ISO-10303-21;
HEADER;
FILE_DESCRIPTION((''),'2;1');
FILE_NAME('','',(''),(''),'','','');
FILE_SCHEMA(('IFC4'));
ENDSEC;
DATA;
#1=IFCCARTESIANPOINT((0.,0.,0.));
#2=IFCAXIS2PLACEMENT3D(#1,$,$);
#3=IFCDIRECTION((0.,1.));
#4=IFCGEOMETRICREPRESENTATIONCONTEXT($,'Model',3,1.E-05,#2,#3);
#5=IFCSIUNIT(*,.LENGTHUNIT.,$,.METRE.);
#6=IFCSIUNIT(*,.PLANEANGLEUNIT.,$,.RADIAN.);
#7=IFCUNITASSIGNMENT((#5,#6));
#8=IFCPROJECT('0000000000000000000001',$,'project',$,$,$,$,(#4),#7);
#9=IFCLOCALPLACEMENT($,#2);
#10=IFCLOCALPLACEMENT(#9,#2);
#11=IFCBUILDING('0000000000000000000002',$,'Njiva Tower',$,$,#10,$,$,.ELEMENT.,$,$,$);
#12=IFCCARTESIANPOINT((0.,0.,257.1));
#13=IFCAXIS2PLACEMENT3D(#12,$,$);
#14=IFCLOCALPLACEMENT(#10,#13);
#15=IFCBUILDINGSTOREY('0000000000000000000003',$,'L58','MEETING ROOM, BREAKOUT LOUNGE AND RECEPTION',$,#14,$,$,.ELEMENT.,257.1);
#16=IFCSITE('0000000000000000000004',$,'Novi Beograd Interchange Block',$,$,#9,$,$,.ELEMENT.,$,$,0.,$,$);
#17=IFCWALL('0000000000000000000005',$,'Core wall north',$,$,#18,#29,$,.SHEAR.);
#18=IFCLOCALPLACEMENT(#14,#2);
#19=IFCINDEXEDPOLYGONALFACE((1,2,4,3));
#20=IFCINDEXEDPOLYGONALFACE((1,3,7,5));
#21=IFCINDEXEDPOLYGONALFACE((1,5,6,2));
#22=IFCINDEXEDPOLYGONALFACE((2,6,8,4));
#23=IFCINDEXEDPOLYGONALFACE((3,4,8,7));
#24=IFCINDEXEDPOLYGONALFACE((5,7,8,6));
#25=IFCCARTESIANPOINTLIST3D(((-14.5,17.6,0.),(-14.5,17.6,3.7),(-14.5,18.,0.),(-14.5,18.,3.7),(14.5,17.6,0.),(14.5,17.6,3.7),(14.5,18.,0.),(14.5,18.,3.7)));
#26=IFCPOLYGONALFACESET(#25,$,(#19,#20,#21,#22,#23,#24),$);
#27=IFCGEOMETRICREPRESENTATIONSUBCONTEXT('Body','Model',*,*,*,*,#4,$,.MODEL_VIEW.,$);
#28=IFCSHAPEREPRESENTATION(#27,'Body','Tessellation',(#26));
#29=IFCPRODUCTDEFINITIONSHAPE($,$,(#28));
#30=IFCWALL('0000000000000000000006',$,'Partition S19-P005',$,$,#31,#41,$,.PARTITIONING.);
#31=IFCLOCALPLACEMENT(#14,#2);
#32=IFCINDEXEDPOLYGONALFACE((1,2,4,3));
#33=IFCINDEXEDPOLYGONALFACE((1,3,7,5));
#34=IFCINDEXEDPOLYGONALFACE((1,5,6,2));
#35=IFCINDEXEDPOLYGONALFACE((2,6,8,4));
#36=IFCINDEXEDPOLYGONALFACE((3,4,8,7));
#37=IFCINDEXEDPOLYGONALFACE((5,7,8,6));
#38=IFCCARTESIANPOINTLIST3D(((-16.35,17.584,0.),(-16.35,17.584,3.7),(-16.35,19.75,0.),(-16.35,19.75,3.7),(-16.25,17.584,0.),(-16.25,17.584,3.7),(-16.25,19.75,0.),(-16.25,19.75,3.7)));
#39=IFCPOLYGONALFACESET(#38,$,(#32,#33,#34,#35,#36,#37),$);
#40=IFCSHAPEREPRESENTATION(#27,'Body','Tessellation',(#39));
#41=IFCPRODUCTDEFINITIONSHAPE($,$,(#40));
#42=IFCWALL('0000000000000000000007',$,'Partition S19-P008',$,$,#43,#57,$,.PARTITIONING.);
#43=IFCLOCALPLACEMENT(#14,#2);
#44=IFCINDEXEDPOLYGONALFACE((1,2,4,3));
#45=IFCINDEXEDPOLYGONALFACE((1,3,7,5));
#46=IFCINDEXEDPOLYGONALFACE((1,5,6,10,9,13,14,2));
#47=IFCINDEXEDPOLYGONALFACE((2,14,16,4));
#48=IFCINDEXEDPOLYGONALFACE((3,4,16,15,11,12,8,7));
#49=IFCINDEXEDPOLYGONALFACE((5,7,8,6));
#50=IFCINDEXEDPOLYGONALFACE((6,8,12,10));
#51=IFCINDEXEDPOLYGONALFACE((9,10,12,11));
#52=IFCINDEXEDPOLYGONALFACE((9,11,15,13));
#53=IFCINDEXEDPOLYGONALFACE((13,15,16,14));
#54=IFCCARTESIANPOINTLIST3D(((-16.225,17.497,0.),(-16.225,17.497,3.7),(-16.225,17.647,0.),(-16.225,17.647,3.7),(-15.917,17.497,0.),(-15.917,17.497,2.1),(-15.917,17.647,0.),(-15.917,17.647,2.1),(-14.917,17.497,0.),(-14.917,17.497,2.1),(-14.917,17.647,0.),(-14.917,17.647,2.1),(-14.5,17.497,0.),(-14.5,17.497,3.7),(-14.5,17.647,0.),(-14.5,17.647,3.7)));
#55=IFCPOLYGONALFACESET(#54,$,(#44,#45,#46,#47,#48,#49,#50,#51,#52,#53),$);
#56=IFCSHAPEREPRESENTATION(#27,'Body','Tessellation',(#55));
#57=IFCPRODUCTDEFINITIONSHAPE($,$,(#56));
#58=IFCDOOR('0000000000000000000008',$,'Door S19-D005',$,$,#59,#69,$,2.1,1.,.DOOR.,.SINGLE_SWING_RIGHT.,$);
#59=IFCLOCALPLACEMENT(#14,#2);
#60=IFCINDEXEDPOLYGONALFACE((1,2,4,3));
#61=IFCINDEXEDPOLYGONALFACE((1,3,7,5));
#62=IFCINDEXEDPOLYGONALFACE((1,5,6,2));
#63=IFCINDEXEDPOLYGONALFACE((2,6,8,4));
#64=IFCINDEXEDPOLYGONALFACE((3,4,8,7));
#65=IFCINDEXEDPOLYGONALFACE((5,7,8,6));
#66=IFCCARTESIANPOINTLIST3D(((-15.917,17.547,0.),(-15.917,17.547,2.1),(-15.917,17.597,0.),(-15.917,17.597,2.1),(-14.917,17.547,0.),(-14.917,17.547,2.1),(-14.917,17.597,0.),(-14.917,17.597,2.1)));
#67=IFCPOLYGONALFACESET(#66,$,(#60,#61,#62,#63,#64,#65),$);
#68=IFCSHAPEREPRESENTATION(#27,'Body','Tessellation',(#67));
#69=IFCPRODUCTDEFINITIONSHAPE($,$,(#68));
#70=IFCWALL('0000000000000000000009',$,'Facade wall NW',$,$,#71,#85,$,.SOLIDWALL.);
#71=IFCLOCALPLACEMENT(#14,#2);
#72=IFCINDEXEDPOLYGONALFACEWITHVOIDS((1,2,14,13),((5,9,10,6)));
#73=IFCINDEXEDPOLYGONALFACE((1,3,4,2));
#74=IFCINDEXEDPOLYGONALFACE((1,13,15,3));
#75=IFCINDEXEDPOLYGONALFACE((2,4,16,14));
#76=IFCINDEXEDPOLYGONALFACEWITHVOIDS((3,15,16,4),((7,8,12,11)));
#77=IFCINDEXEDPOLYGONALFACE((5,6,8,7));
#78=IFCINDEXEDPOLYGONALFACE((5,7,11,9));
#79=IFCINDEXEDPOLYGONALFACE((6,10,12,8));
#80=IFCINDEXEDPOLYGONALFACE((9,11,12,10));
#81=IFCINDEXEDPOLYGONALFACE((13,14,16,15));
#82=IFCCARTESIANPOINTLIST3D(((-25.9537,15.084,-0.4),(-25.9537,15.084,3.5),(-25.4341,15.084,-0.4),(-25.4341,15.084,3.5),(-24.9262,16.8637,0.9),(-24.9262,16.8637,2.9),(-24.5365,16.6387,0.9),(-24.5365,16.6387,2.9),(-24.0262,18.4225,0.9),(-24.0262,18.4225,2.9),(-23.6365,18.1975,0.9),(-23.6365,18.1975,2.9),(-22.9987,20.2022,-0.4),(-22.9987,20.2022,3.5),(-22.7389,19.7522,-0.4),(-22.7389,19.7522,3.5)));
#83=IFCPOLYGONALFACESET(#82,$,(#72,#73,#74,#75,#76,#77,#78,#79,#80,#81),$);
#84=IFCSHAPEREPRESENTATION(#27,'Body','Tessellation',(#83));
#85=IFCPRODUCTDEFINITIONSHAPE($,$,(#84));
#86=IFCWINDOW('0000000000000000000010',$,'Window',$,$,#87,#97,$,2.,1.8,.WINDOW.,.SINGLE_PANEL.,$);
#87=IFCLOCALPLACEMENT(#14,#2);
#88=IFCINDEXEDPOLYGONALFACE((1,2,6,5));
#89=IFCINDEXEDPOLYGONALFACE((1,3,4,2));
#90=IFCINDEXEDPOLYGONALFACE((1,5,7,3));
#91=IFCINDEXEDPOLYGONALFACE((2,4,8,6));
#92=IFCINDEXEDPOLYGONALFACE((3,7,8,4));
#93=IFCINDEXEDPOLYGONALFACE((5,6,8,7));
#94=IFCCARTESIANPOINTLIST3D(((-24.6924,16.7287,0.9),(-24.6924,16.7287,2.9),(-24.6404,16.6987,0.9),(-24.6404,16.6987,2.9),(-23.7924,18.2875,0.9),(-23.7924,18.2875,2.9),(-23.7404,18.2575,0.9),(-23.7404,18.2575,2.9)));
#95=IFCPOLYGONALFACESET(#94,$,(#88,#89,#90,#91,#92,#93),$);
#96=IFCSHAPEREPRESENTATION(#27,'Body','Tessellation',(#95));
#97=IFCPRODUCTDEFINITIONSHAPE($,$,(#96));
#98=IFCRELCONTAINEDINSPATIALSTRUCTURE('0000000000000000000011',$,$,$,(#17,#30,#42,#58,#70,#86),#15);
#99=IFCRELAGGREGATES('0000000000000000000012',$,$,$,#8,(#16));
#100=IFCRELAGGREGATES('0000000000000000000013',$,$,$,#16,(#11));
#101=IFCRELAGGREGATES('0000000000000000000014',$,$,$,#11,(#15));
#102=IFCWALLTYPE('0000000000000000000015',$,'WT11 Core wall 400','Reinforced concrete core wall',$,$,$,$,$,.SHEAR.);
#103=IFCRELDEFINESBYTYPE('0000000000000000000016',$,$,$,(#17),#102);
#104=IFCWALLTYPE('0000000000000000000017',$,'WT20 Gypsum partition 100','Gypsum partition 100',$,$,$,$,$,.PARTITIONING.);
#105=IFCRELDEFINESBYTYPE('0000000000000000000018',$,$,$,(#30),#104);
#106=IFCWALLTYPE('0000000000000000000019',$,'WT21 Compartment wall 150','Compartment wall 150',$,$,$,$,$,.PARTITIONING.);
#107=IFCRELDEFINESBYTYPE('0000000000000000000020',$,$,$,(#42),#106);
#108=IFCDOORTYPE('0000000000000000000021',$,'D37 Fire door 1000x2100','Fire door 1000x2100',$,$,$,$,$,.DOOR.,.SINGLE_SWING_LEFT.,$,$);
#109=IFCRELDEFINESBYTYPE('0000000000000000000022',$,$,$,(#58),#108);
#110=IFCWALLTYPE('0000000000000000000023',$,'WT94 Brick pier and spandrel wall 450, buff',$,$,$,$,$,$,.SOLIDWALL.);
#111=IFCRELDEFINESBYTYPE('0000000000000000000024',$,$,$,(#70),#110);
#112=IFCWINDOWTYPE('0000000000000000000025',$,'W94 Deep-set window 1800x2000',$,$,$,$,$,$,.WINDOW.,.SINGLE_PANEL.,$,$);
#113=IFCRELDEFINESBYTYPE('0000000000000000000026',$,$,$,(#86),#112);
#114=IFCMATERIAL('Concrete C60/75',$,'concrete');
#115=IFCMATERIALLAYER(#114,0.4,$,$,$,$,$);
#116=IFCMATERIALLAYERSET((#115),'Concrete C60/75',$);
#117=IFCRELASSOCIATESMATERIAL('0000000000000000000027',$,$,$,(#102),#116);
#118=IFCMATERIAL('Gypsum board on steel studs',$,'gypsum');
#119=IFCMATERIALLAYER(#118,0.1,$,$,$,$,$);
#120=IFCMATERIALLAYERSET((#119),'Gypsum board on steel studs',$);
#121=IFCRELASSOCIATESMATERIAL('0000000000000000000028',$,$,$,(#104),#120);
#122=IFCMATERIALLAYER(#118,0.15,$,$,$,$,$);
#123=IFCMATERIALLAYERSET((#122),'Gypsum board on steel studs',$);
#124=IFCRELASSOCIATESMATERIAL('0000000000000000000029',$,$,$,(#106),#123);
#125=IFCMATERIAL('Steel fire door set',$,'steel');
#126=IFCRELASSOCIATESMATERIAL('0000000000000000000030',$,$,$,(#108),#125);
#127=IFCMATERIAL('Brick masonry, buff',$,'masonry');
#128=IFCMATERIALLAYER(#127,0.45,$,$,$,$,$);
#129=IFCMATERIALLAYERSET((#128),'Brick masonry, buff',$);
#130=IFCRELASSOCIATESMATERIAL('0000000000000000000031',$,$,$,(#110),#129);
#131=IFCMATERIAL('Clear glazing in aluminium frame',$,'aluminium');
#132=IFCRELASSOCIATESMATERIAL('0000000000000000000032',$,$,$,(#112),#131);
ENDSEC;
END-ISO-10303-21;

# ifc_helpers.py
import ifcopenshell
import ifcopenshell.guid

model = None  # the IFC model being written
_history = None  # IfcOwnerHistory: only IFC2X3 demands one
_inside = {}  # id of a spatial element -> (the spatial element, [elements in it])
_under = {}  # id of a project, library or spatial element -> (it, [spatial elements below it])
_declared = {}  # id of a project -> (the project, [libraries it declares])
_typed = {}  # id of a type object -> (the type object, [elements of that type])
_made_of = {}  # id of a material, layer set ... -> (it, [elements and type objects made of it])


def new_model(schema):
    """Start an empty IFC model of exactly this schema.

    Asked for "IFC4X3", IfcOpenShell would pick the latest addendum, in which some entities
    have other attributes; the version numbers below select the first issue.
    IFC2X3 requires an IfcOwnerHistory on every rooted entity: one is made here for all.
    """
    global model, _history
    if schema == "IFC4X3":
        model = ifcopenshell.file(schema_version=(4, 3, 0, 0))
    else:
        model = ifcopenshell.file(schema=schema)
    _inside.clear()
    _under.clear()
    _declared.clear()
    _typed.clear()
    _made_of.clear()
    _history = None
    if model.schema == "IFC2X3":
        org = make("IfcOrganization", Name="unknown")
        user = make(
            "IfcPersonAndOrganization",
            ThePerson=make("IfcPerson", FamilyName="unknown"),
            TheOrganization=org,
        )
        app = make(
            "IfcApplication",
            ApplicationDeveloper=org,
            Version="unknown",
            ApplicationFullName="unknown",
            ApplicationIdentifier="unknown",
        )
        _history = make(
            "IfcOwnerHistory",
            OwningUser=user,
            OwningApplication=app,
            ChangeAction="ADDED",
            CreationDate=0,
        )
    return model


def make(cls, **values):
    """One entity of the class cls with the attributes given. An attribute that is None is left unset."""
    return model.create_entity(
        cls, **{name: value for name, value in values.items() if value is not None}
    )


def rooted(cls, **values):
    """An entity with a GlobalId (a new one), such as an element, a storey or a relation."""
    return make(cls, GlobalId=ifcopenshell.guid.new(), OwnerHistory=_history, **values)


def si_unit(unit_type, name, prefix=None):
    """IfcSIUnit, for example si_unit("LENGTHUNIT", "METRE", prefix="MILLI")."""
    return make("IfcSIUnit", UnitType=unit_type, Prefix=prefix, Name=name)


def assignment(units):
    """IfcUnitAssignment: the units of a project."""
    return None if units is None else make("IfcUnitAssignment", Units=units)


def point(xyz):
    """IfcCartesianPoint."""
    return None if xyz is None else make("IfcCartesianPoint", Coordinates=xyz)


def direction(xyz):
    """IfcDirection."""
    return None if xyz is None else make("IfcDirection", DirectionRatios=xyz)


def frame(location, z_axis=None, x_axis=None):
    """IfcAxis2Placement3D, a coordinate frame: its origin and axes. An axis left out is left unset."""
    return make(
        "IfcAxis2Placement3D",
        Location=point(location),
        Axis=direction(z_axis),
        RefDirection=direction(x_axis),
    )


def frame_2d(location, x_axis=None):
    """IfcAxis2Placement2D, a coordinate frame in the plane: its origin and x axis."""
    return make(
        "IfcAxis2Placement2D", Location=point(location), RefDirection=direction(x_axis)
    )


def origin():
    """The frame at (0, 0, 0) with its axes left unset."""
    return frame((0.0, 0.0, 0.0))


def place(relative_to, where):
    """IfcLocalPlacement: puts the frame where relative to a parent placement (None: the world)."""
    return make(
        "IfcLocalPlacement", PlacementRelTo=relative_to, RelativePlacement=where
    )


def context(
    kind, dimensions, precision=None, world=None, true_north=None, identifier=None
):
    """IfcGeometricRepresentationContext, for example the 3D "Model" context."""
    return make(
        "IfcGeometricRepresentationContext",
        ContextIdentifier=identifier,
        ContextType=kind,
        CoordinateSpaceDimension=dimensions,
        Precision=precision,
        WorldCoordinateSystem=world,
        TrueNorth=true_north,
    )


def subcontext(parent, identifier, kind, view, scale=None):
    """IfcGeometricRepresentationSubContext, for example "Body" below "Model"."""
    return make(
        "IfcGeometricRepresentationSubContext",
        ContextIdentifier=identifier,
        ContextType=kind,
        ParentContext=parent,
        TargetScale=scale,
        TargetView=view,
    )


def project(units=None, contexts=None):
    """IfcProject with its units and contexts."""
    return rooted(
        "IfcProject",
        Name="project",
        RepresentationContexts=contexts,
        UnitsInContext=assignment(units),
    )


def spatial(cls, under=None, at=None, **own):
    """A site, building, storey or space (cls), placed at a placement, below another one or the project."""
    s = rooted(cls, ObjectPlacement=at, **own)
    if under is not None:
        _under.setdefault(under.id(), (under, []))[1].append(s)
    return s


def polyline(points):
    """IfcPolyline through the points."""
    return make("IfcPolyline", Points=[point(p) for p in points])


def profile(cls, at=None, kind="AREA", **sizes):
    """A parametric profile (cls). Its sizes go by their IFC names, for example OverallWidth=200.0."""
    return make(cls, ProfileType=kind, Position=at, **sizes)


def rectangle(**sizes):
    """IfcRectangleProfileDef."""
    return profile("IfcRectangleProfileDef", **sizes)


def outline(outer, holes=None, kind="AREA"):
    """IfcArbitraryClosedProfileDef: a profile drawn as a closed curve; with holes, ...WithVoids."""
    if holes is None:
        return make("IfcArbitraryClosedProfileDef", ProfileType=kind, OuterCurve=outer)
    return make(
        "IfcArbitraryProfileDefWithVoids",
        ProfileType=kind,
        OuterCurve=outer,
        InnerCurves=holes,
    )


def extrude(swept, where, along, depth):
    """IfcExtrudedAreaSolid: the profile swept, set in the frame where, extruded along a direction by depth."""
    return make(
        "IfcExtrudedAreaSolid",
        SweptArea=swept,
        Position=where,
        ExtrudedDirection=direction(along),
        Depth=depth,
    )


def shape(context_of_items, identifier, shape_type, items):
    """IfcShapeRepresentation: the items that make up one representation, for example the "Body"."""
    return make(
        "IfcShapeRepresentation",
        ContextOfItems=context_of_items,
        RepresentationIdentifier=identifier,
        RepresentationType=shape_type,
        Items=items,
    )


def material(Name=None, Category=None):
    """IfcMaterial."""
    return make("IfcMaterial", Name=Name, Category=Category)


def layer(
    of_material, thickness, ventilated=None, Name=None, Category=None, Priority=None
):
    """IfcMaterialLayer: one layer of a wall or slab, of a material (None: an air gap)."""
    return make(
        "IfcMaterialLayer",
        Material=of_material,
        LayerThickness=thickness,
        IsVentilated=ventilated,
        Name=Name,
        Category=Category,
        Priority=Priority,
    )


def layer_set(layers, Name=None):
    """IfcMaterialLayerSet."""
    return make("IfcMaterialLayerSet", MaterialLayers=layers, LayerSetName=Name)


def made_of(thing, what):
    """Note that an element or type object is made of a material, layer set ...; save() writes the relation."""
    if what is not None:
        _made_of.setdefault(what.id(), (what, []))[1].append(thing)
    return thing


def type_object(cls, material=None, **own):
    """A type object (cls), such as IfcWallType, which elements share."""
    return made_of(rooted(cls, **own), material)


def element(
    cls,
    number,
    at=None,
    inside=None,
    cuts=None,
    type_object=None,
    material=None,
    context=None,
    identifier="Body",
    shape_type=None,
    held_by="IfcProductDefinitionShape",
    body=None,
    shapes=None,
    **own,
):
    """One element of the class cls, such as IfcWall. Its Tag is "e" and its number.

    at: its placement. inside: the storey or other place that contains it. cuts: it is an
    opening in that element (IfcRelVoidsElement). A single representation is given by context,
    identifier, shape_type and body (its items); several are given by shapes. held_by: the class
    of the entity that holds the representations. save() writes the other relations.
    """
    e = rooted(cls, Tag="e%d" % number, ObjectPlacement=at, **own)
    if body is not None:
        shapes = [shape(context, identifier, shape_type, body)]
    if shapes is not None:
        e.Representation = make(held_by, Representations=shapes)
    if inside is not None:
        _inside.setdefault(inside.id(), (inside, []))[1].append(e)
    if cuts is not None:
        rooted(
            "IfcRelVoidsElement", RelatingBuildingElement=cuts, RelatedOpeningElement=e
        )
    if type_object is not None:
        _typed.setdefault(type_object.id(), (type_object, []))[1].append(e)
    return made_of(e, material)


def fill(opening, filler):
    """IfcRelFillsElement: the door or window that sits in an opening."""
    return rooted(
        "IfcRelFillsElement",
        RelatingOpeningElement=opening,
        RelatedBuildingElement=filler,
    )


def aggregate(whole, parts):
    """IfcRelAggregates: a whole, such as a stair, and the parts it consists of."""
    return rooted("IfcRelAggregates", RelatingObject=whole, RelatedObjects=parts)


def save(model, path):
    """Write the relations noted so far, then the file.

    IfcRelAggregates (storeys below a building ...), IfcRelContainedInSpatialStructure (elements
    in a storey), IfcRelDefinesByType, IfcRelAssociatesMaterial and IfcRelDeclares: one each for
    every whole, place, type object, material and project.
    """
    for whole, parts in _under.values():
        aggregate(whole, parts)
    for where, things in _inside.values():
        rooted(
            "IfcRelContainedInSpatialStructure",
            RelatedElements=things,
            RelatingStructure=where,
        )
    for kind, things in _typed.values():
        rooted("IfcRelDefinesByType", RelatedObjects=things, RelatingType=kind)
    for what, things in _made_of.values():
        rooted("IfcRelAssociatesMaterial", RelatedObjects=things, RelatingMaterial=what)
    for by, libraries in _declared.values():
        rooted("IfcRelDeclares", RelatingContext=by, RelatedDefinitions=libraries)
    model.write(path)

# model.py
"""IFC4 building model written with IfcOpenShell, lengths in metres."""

from ifc_helpers import new_model, si_unit, direction, frame, frame_2d, origin, place, context, subcontext, project, spatial, polyline, rectangle, outline, extrude, material, layer, layer_set, type_object, element, fill, save


model = new_model("IFC4")

# Units and contexts
model_context = context("Model", 3, precision=1e-05, world=origin(), true_north=direction((0.0, 1.0)))
body_context = subcontext(model_context, "Body", "Model", "MODEL_VIEW")
ifc_project = project(units=[si_unit("LENGTHUNIT", "METRE"), si_unit("PLANEANGLEUNIT", "RADIAN")], contexts=[model_context])

# Site, building, storey
site_placement = place(None, origin())
site = spatial("IfcSite", under=ifc_project, at=site_placement, Name="Novi Beograd Interchange Block", CompositionType="ELEMENT", RefElevation=0.0)
building_placement = place(site_placement, origin())
building = spatial("IfcBuilding", under=site, at=building_placement, Name="Njiva Tower", CompositionType="ELEMENT")
storey_placement = place(building_placement, frame((0.0, 0.0, 257.1)))
storey = spatial("IfcBuildingStorey", under=building, at=storey_placement, Name="L58", Description="MEETING ROOM, BREAKOUT LOUNGE AND RECEPTION", CompositionType="ELEMENT", Elevation=257.1)

# Walls
ifc_material_1 = material(Name="Concrete C60/75", Category="concrete")
ifc_layer_1 = layer(ifc_material_1, 0.4)
ifc_layer_set_1 = layer_set([ifc_layer_1], Name="Concrete C60/75")
wall_type_1 = type_object("IfcWallType", Name="WT11 Core wall 400", Description="Reinforced concrete core wall", PredefinedType="SHEAR", material=ifc_layer_set_1)
wall_1_placement = place(storey_placement, frame((-14.5, 17.8, 0.0), z_axis=(0.0, 0.0, 1.0), x_axis=(1.0, 0.0, 0.0)))
element("IfcWall", 1, at=wall_1_placement, inside=storey, type_object=wall_type_1, Name="Core wall north", PredefinedType="SHEAR", context=body_context, shape_type="SweptSolid", body=[
    extrude(rectangle(XDim=29.0, YDim=0.4, at=frame_2d((14.5, 0.0))), origin(), (0.0, 0.0, 1.0), 3.7),
])
ifc_material_2 = material(Name="Gypsum board on steel studs", Category="gypsum")
ifc_layer_2 = layer(ifc_material_2, 0.1)
ifc_layer_set_2 = layer_set([ifc_layer_2], Name="Gypsum board on steel studs")
wall_type_2 = type_object("IfcWallType", Name="WT20 Gypsum partition 100", Description="Gypsum partition 100", PredefinedType="PARTITIONING", material=ifc_layer_set_2)
wall_2_placement = place(storey_placement, frame((-16.3, 17.584, 0.0), z_axis=(0.0, 0.0, 1.0), x_axis=(0.0, 1.0, 0.0)))
element("IfcWall", 2, at=wall_2_placement, inside=storey, type_object=wall_type_2, Name="Partition S19-P005", PredefinedType="PARTITIONING", context=body_context, shape_type="SweptSolid", body=[
    extrude(rectangle(XDim=2.166, YDim=0.1, at=frame_2d((1.083, 0.0))), origin(), (0.0, 0.0, 1.0), 3.7),
])

# Wall, opening, door
ifc_layer_3 = layer(ifc_material_2, 0.15)
ifc_layer_set_3 = layer_set([ifc_layer_3], Name="Gypsum board on steel studs")
wall_type_3 = type_object("IfcWallType", Name="WT21 Compartment wall 150", Description="Compartment wall 150", PredefinedType="PARTITIONING", material=ifc_layer_set_3)
wall_3_placement = place(storey_placement, frame((-16.225, 17.572, 0.0), z_axis=(0.0, 0.0, 1.0), x_axis=(1.0, 0.0, 0.0)))
wall_3 = element("IfcWall", 3, at=wall_3_placement, inside=storey, type_object=wall_type_3, Name="Partition S19-P008", PredefinedType="PARTITIONING", context=body_context, shape_type="SweptSolid", body=[
    extrude(rectangle(XDim=1.725, YDim=0.15, at=frame_2d((0.8625, 0.0))), origin(), (0.0, 0.0, 1.0), 3.7),
])
opening_1_placement = place(wall_3_placement, frame((0.308, 0.0, 0.0)))
opening_1 = element("IfcOpeningElement", 4, at=opening_1_placement, cuts=wall_3, PredefinedType="OPENING", context=body_context, shape_type="SweptSolid", body=[
    extrude(rectangle(XDim=1.0, YDim=2.1, at=frame_2d((0.5, 1.05))), frame((0.0, 0.085, 0.0), z_axis=(0.0, -1.0, 0.0), x_axis=(1.0, 0.0, 0.0)), (0.0, 0.0, 1.0), 0.17),
])
ifc_material_3 = material(Name="Steel fire door set", Category="steel")
door_type = type_object("IfcDoorType", Name="D37 Fire door 1000x2100", Description="Fire door 1000x2100", OperationType="SINGLE_SWING_LEFT", PredefinedType="DOOR", material=ifc_material_3)
door_placement = place(opening_1_placement, origin())
door = element("IfcDoor", 5, at=door_placement, inside=storey, type_object=door_type, Name="Door S19-D005", OperationType="SINGLE_SWING_RIGHT", OverallHeight=2.1, OverallWidth=1.0, PredefinedType="DOOR", context=body_context, shape_type="SweptSolid", body=[
    extrude(rectangle(XDim=1.0, YDim=2.1, at=frame_2d((0.5, 1.05))), frame((0.0, 0.025, 0.0), z_axis=(0.0, -1.0, 0.0), x_axis=(1.0, 0.0, 0.0)), (0.0, 0.0, 1.0), 0.05),
])
fill(opening_1, door)

# Shared definitions
ifc_material_4 = material(Name="Clear glazing in aluminium frame", Category="aluminium")

# Wall, opening, window
ifc_material_5 = material(Name="Brick masonry, buff", Category="masonry")
ifc_layer_4 = layer(ifc_material_5, 0.45)
ifc_layer_set_4 = layer_set([ifc_layer_4], Name="Brick masonry, buff")
wall_type_4 = type_object("IfcWallType", Name="WT94 Brick pier and spandrel wall 450, buff", PredefinedType="SOLIDWALL", material=ifc_layer_set_4)
wall_4_placement = place(storey_placement, frame((-22.8688, 19.9772, -0.4), z_axis=(0.0, 0.0, 1.0), x_axis=(-0.500001, -0.866025, 0.0)))
wall_4 = element("IfcWall", 6, at=wall_4_placement, inside=storey, type_object=wall_type_4, Name="Facade wall NW", PredefinedType="SOLIDWALL", context=body_context, shape_type="SweptSolid", body=[
    extrude(outline(polyline([(-0.1299, -0.225), (5.7801, -0.225), (5.5203, 0.225), (0.1299, 0.225), (-0.1299, -0.225)])), origin(), (0.0, 0.0, 1.0), 3.9),
])
opening_2_placement = place(wall_4_placement, frame((1.9251, 0.0, 1.3)))
opening_2 = element("IfcOpeningElement", 7, at=opening_2_placement, cuts=wall_4, PredefinedType="OPENING", context=body_context, shape_type="SweptSolid", body=[
    extrude(rectangle(XDim=1.8, YDim=2.0, at=frame_2d((0.9, 1.0))), frame((0.0, 0.235, 0.0), z_axis=(0.0, -1.0, 0.0), x_axis=(1.0, 0.0, 0.0)), (0.0, 0.0, 1.0), 0.47),
])
window_type_1 = type_object("IfcWindowType", Name="W94 Deep-set window 1800x2000", PartitioningType="SINGLE_PANEL", PredefinedType="WINDOW", material=ifc_material_4)
window_1_placement = place(opening_2_placement, origin())
window_1 = element("IfcWindow", 8, at=window_1_placement, inside=storey, type_object=window_type_1, Name="Window", OverallHeight=2.0, OverallWidth=1.8, PartitioningType="SINGLE_PANEL", PredefinedType="WINDOW", context=body_context, shape_type="SweptSolid", body=[
    extrude(rectangle(XDim=1.8, YDim=2.0, at=frame_2d((0.9, 1.0))), frame((0.0, 0.105, 0.0), z_axis=(0.0, -1.0, 0.0), x_axis=(1.0, 0.0, 0.0)), (0.0, 0.0, 1.0), 0.06),
])
fill(opening_2, window_1)

save(model, "model.ifc")
